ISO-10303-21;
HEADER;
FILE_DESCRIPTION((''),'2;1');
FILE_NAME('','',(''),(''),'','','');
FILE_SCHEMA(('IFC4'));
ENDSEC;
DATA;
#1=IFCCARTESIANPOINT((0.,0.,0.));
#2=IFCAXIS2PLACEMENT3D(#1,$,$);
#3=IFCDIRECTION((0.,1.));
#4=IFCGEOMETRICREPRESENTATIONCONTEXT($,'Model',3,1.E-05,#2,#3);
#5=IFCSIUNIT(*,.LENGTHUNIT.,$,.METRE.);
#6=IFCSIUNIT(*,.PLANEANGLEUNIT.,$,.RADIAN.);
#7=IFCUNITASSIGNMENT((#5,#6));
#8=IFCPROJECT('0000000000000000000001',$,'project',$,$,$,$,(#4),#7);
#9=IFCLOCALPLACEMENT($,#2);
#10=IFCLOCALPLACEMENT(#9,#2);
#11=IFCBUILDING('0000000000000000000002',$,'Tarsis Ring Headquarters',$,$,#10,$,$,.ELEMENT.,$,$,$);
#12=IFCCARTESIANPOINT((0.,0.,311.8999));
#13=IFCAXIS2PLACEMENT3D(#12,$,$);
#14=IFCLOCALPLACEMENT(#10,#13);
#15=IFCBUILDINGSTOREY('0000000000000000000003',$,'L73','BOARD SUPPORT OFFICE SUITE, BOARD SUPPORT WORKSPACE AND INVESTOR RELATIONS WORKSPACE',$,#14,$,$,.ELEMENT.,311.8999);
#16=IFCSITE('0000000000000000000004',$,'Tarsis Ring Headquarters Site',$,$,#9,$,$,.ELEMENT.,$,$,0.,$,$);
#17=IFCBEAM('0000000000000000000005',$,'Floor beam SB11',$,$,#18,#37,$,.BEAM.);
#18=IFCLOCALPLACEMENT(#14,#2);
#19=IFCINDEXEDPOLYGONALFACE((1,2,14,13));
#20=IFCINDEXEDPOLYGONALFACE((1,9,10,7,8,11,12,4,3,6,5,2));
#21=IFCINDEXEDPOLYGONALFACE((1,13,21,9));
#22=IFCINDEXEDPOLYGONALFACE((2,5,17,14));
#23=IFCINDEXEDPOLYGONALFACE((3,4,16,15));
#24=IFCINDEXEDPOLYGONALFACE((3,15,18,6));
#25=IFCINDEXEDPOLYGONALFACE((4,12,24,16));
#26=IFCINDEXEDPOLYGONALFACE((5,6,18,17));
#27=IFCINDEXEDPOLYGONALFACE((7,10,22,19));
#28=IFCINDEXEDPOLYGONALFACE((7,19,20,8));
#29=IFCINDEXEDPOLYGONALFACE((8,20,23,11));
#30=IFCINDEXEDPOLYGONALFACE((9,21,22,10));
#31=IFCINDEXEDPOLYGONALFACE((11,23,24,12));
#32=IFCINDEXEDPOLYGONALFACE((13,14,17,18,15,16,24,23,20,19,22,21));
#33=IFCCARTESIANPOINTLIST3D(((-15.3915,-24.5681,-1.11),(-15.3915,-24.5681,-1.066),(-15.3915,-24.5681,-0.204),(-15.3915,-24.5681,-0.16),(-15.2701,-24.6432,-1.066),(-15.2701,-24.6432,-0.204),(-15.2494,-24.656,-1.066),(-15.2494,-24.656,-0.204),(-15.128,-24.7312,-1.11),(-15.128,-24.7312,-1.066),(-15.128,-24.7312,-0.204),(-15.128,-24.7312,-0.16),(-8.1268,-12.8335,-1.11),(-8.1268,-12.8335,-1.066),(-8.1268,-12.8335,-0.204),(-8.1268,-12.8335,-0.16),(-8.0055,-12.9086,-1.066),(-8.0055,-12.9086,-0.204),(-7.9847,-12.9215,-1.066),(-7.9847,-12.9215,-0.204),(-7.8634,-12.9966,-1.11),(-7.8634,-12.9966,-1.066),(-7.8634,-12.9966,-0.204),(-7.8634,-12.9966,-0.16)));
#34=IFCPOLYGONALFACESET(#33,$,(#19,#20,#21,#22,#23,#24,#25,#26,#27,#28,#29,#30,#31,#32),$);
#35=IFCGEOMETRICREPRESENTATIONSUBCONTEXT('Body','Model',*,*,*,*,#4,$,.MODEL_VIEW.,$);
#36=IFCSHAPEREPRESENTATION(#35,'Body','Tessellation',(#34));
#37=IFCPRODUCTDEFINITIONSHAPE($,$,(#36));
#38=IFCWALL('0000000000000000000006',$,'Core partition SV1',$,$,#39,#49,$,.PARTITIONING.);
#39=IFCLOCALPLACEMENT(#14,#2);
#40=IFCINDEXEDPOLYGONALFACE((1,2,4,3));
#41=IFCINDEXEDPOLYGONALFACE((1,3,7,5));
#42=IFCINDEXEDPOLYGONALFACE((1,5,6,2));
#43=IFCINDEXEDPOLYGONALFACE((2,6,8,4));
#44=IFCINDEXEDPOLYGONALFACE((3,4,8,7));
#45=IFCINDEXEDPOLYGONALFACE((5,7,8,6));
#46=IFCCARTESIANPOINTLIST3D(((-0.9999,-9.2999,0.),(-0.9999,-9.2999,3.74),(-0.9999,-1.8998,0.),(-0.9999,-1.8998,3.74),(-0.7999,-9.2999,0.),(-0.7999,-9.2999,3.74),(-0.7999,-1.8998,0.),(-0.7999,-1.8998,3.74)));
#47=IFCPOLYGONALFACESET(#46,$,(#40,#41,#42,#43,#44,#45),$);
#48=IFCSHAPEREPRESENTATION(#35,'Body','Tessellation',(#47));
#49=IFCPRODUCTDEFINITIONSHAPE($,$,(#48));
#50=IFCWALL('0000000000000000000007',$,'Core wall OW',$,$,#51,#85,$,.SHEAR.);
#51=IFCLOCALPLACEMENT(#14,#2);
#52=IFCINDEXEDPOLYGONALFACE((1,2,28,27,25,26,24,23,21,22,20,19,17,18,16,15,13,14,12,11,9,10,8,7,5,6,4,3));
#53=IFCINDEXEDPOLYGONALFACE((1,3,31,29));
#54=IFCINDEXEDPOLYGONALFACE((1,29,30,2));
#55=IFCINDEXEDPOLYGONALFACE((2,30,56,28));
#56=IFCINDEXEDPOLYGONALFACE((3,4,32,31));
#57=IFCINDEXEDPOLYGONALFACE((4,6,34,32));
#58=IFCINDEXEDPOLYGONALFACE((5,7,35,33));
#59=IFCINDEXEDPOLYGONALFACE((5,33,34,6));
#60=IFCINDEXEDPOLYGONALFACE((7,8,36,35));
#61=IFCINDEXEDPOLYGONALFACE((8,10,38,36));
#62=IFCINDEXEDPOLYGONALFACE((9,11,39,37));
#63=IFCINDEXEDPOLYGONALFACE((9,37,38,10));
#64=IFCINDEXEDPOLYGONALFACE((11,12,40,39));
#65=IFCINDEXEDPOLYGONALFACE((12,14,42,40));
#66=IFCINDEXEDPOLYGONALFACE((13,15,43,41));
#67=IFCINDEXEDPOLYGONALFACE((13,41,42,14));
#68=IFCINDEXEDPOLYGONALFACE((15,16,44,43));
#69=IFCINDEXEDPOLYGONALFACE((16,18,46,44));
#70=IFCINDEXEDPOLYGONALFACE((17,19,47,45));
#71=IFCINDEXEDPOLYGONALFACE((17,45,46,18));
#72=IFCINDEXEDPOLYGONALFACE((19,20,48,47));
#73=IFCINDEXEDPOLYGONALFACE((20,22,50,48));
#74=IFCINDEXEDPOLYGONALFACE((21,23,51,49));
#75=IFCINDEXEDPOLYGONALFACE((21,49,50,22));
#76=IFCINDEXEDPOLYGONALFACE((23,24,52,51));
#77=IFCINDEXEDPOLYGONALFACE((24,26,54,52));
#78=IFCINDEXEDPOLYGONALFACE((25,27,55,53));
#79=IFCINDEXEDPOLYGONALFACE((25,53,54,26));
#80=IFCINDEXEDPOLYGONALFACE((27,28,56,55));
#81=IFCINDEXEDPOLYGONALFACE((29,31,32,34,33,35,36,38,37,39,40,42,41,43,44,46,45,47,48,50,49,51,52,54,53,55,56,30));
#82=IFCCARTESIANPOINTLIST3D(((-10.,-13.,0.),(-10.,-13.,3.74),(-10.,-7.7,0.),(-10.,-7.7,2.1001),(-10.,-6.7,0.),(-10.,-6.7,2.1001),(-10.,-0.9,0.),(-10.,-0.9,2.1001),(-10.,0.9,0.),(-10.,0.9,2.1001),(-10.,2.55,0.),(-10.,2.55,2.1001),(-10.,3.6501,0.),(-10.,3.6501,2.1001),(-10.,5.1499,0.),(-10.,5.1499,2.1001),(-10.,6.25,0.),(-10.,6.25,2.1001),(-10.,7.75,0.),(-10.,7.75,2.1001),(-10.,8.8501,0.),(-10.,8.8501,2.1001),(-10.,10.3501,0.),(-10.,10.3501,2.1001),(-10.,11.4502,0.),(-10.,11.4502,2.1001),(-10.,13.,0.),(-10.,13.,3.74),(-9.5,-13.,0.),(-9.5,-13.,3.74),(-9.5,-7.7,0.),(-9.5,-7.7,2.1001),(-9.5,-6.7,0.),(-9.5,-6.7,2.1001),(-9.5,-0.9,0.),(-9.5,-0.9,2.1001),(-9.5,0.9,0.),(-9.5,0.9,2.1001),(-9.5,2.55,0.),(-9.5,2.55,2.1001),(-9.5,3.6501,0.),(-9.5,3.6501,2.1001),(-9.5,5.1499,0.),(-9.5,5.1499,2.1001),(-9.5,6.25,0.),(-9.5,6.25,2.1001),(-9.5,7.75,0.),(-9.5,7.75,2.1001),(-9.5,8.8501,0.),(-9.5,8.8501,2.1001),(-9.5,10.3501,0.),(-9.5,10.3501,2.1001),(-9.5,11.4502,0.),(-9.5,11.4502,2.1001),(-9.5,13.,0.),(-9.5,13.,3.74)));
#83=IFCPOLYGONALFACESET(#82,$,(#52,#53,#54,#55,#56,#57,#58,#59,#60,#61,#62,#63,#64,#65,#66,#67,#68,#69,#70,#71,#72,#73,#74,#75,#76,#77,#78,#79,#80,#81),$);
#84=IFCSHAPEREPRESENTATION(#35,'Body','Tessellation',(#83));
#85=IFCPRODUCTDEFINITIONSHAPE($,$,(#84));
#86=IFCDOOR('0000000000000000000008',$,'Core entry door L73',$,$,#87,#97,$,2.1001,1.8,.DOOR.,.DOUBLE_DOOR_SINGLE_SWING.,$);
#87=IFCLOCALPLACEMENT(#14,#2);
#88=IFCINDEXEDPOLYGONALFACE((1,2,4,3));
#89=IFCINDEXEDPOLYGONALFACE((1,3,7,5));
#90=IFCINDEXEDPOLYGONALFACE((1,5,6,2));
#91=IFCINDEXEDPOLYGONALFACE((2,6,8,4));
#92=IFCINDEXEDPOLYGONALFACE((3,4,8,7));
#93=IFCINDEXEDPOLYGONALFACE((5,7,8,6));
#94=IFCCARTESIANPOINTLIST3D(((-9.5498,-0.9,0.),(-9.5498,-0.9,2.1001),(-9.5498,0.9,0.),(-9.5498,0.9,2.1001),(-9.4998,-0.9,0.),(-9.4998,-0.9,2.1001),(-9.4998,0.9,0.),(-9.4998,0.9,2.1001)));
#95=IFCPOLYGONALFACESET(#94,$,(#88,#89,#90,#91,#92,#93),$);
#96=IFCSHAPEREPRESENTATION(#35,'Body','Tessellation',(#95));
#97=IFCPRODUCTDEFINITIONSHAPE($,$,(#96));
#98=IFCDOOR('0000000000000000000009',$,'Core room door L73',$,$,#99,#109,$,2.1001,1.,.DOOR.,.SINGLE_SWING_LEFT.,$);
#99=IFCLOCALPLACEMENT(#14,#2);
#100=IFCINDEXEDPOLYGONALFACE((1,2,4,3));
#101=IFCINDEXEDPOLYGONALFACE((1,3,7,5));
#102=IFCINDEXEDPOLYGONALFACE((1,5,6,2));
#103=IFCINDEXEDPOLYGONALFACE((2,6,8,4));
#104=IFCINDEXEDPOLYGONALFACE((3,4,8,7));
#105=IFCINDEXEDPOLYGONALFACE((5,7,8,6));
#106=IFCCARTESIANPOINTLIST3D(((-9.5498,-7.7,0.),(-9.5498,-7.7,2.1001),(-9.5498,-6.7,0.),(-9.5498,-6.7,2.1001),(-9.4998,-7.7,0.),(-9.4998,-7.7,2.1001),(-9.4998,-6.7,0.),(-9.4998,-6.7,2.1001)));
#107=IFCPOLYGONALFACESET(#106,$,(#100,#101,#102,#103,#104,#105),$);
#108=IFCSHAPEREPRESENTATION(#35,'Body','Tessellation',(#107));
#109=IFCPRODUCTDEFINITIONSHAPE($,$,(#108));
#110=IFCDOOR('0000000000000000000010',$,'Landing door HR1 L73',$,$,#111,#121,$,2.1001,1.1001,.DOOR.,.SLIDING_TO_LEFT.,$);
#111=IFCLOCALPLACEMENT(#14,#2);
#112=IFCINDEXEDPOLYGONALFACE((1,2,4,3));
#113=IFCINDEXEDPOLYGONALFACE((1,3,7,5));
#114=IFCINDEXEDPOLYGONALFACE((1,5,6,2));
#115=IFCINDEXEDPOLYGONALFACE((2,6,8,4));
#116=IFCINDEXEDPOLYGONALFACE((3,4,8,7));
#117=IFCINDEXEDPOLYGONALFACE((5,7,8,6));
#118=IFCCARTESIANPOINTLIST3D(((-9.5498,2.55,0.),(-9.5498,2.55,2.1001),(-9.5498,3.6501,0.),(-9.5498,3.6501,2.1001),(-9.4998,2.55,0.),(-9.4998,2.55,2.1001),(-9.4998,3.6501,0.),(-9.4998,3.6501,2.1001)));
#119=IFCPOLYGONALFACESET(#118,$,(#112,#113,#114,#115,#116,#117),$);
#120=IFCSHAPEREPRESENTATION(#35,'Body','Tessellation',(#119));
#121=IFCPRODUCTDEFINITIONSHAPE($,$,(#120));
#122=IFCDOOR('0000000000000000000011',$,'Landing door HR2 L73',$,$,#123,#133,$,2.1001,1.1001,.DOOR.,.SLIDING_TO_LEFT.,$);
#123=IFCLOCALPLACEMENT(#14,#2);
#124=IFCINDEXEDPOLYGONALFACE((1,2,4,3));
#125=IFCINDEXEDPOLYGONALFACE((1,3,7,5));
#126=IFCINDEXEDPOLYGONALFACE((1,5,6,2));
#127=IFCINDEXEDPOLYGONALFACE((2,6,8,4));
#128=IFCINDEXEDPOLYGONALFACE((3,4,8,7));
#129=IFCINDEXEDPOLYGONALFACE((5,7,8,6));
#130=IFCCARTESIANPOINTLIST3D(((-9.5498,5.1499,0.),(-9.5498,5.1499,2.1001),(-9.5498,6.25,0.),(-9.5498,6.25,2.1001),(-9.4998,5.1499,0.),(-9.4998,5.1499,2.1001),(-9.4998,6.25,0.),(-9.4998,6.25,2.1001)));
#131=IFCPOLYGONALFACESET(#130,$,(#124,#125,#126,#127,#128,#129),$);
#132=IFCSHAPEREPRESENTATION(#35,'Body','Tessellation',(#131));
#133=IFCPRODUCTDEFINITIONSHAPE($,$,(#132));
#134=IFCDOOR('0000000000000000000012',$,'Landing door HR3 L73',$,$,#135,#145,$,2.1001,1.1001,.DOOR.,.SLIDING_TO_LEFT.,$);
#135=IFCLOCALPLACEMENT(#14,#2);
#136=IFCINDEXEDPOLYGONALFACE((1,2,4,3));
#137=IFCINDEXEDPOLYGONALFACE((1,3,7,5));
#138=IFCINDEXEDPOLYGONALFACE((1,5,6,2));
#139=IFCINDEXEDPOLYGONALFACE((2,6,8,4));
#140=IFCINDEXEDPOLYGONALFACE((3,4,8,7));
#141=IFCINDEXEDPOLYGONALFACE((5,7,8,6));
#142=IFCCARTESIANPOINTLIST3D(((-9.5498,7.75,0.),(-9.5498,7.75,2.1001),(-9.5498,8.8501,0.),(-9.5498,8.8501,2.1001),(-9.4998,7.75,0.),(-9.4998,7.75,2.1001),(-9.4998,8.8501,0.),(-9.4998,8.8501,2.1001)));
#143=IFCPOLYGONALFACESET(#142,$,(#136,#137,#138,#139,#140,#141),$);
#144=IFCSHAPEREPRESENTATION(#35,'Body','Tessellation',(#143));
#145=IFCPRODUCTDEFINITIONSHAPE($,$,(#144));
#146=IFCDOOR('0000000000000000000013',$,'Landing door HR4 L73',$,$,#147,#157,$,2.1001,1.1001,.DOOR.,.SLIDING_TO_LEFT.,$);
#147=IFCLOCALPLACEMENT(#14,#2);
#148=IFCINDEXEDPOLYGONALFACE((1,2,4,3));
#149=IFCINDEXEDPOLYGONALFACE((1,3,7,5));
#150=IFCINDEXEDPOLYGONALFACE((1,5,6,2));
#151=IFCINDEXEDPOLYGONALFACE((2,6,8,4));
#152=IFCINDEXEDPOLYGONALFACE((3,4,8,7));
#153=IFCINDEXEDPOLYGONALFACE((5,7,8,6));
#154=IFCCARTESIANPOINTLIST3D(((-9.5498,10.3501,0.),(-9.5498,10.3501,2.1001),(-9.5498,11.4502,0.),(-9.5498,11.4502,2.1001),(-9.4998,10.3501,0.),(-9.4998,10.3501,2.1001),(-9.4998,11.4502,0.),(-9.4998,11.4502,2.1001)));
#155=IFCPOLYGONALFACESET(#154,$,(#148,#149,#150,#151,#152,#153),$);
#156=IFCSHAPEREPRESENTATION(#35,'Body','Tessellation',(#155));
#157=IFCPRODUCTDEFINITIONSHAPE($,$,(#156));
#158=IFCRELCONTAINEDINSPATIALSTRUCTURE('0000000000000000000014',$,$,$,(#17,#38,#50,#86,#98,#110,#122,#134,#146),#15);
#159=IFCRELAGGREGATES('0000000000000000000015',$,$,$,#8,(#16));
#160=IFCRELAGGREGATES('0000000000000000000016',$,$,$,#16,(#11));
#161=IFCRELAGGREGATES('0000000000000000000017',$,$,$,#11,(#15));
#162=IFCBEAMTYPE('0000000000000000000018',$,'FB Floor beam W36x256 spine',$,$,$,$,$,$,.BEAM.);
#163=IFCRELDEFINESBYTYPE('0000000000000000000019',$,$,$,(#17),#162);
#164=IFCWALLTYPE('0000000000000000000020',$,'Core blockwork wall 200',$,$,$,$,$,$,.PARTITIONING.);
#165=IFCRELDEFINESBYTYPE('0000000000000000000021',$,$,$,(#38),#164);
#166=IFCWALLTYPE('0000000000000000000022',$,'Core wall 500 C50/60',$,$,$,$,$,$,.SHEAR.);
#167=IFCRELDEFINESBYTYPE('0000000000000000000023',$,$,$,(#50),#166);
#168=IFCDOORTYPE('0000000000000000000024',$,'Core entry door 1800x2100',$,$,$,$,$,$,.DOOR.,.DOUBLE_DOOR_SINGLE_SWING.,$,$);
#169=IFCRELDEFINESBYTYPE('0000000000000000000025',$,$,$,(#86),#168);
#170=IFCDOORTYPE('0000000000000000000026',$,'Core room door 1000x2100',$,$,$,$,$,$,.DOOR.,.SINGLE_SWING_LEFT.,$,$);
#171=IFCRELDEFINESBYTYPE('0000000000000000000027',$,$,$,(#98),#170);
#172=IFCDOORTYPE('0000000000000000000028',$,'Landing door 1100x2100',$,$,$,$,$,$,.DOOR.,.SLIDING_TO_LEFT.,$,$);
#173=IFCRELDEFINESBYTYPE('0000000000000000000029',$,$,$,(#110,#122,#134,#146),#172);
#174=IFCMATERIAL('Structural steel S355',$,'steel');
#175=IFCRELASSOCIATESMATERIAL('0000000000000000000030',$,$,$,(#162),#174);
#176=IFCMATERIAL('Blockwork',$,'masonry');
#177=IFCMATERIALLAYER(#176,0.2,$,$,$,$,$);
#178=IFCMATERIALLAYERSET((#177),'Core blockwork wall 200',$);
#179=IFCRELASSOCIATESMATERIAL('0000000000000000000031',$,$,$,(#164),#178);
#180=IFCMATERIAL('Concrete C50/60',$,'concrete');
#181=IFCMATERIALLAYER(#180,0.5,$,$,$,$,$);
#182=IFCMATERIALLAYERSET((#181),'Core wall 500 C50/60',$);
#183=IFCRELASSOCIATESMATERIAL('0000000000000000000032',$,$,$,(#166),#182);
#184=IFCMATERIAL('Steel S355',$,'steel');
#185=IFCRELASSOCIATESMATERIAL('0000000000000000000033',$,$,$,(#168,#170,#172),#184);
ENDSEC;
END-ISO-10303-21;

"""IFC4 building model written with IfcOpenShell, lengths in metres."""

from ifc_helpers import new_model, si_unit, direction, frame, frame_2d, origin, origin_2d, place, context, subcontext, project, spatial, rectangle, i_section, extrude, material, layer, layer_set, material_profile, profile_set, type_object, element, fill, save


model = new_model("IFC4")

# Units and contexts
model_context = context("Model", 3, precision=1e-05, world=origin(), true_north=direction((0.0, 1.0)))
body_context = subcontext(model_context, "Body", "Model", "MODEL_VIEW")
ifc_project = project(units=[si_unit("LENGTHUNIT", "METRE"), si_unit("PLANEANGLEUNIT", "RADIAN")], contexts=[model_context])

# Site, building, storey
site_placement = place(None, origin())
site = spatial("IfcSite", under=ifc_project, at=site_placement, Name="Tarsis Ring Headquarters Site", CompositionType="ELEMENT", RefElevation=0.0)
building_placement = place(site_placement, origin())
building = spatial("IfcBuilding", under=site, at=building_placement, Name="Tarsis Ring Headquarters", CompositionType="ELEMENT")
storey_placement = place(building_placement, frame((0.0, 0.0, 311.8999)))
storey = spatial("IfcBuildingStorey", under=building, at=storey_placement, Name="L73", Description="BOARD SUPPORT OFFICE SUITE, BOARD SUPPORT WORKSPACE AND INVESTOR RELATIONS WORKSPACE", CompositionType="ELEMENT", Elevation=311.8999)

# Beam
ifc_material_1 = material(Name="Structural steel S355", Category="steel")
ifc_material_profile = material_profile(ifc_material_1, i_section(OverallWidth=0.3098, OverallDepth=0.95, WebThickness=0.0244, FlangeThickness=0.0439, at=origin_2d()), Name="W36x256")
ifc_profile_set = profile_set([ifc_material_profile], Name="Structural steel S355")
beam_type = type_object("IfcBeamType", Name="FB Floor beam W36x256 spine", PredefinedType="BEAM", material=ifc_profile_set)
beam_placement = place(storey_placement, frame((-7.9951, -12.915, -0.635), z_axis=(-0.526373, -0.850253, 0.0), x_axis=(0.850253, -0.526373, 0.0)))
element("IfcBeam", 1, at=beam_placement, inside=storey, type_object=beam_type, Name="Floor beam SB11", PredefinedType="BEAM", context=body_context, shape_type="SweptSolid", body=[
    extrude(i_section(OverallWidth=0.3098, OverallDepth=0.95, WebThickness=0.0244, FlangeThickness=0.0439, at=origin_2d()), origin(), (0.0, 0.0, 1.0), 13.8013),
])

# Wall
ifc_material_2 = material(Name="Blockwork", Category="masonry")
ifc_layer_1 = layer(ifc_material_2, 0.2)
ifc_layer_set_1 = layer_set([ifc_layer_1], Name="Core blockwork wall 200")
wall_type_1 = type_object("IfcWallType", Name="Core blockwork wall 200", PredefinedType="PARTITIONING", material=ifc_layer_set_1)
wall_1_placement = place(storey_placement, frame((-0.8999, -9.3, 0.0), z_axis=(0.0, 0.0, 1.0), x_axis=(0.0, 1.0, 0.0)))
element("IfcWall", 2, at=wall_1_placement, inside=storey, type_object=wall_type_1, Name="Core partition SV1", PredefinedType="PARTITIONING", context=body_context, shape_type="SweptSolid", body=[
    extrude(rectangle(XDim=7.4001, YDim=0.2, at=frame_2d((3.7002, 0.0))), origin(), (0.0, 0.0, 1.0), 3.74),
])

# Wall, openings, doors
ifc_material_3 = material(Name="Concrete C50/60", Category="concrete")
ifc_layer_2 = layer(ifc_material_3, 0.5)
ifc_layer_set_2 = layer_set([ifc_layer_2], Name="Core wall 500 C50/60")
wall_type_2 = type_object("IfcWallType", Name="Core wall 500 C50/60", PredefinedType="SHEAR", material=ifc_layer_set_2)
wall_2_placement = place(storey_placement, frame((-9.75, -13.0, 0.0), z_axis=(0.0, 0.0, 1.0), x_axis=(0.0, 1.0, 0.0)))
wall_2 = element("IfcWall", 3, at=wall_2_placement, inside=storey, type_object=wall_type_2, Name="Core wall OW", PredefinedType="SHEAR", context=body_context, shape_type="SweptSolid", body=[
    extrude(rectangle(XDim=26.0, YDim=0.5, at=frame_2d((13.0, 0.0))), origin(), (0.0, 0.0, 1.0), 3.74),
])
opening_1_placement = place(wall_2_placement, frame((5.3, 0.0, 0.0)))
opening_1 = element("IfcOpeningElement", 4, at=opening_1_placement, cuts=wall_2, PredefinedType="OPENING", context=body_context, shape_type="SweptSolid", body=[
    extrude(rectangle(XDim=1.0, YDim=2.1001, at=frame_2d((0.5, 1.05))), frame((0.0, 0.26, 0.0), z_axis=(0.0, -1.0, 0.0), x_axis=(1.0, 0.0, 0.0)), (0.0, 0.0, 1.0), 0.52),
])
opening_2_placement = place(wall_2_placement, frame((12.1001, 0.0, 0.0)))
opening_2 = element("IfcOpeningElement", 5, at=opening_2_placement, cuts=wall_2, PredefinedType="OPENING", context=body_context, shape_type="SweptSolid", body=[
    extrude(rectangle(XDim=1.8, YDim=2.1001, at=frame_2d((0.8999, 1.05))), frame((0.0, 0.26, 0.0), z_axis=(0.0, -1.0, 0.0), x_axis=(1.0, 0.0, 0.0)), (0.0, 0.0, 1.0), 0.52),
])
opening_3_placement = place(wall_2_placement, frame((15.55, 0.0, 0.0)))
opening_3 = element("IfcOpeningElement", 6, at=opening_3_placement, cuts=wall_2, PredefinedType="OPENING", context=body_context, shape_type="SweptSolid", body=[
    extrude(rectangle(XDim=1.1001, YDim=2.1001, at=frame_2d((0.55, 1.05))), frame((0.0, 0.26, 0.0), z_axis=(0.0, -1.0, 0.0), x_axis=(1.0, 0.0, 0.0)), (0.0, 0.0, 1.0), 0.52),
])
opening_4_placement = place(wall_2_placement, frame((18.1499, 0.0, 0.0)))
opening_4 = element("IfcOpeningElement", 7, at=opening_4_placement, cuts=wall_2, PredefinedType="OPENING", context=body_context, shape_type="SweptSolid", body=[
    extrude(rectangle(XDim=1.1001, YDim=2.1001, at=frame_2d((0.55, 1.05))), frame((0.0, 0.26, 0.0), z_axis=(0.0, -1.0, 0.0), x_axis=(1.0, 0.0, 0.0)), (0.0, 0.0, 1.0), 0.52),
])
opening_5_placement = place(wall_2_placement, frame((20.75, 0.0, 0.0)))
opening_5 = element("IfcOpeningElement", 8, at=opening_5_placement, cuts=wall_2, PredefinedType="OPENING", context=body_context, shape_type="SweptSolid", body=[
    extrude(rectangle(XDim=1.1001, YDim=2.1001, at=frame_2d((0.55, 1.05))), frame((0.0, 0.26, 0.0), z_axis=(0.0, -1.0, 0.0), x_axis=(1.0, 0.0, 0.0)), (0.0, 0.0, 1.0), 0.52),
])
opening_6_placement = place(wall_2_placement, frame((23.3501, 0.0, 0.0)))
opening_6 = element("IfcOpeningElement", 9, at=opening_6_placement, cuts=wall_2, PredefinedType="OPENING", context=body_context, shape_type="SweptSolid", body=[
    extrude(rectangle(XDim=1.1001, YDim=2.1001, at=frame_2d((0.55, 1.05))), frame((0.0, 0.26, 0.0), z_axis=(0.0, -1.0, 0.0), x_axis=(1.0, 0.0, 0.0)), (0.0, 0.0, 1.0), 0.52),
])
ifc_material_4 = material(Name="Steel S355", Category="steel")
door_type_1 = type_object("IfcDoorType", Name="Core entry door 1800x2100", OperationType="DOUBLE_DOOR_SINGLE_SWING", PredefinedType="DOOR", material=ifc_material_4)
door_1_placement = place(opening_2_placement, origin())
door_1 = element("IfcDoor", 10, at=door_1_placement, inside=storey, type_object=door_type_1, Name="Core entry door L73", OperationType="DOUBLE_DOOR_SINGLE_SWING", OverallHeight=2.1001, OverallWidth=1.8, PredefinedType="DOOR", context=body_context, shape_type="SweptSolid", body=[
    extrude(rectangle(XDim=1.8, YDim=2.1001, at=frame_2d((0.8999, 1.05))), frame((0.0, -0.2002, 0.0), z_axis=(0.0, -1.0, 0.0), x_axis=(1.0, 0.0, 0.0)), (0.0, 0.0, 1.0), 0.05),
])
fill(opening_2, door_1)
door_type_2 = type_object("IfcDoorType", Name="Core room door 1000x2100", OperationType="SINGLE_SWING_LEFT", PredefinedType="DOOR", material=ifc_material_4)
door_2_placement = place(opening_1_placement, origin())
door_2 = element("IfcDoor", 11, at=door_2_placement, inside=storey, type_object=door_type_2, Name="Core room door L73", OperationType="SINGLE_SWING_LEFT", OverallHeight=2.1001, OverallWidth=1.0, PredefinedType="DOOR", context=body_context, shape_type="SweptSolid", body=[
    extrude(rectangle(XDim=1.0, YDim=2.1001, at=frame_2d((0.5, 1.05))), frame((0.0, -0.2002, 0.0), z_axis=(0.0, -1.0, 0.0), x_axis=(1.0, 0.0, 0.0)), (0.0, 0.0, 1.0), 0.05),
])
fill(opening_1, door_2)
door_type_3 = type_object("IfcDoorType", Name="Landing door 1100x2100", OperationType="SLIDING_TO_LEFT", PredefinedType="DOOR", material=ifc_material_4)
door_3_placement = place(opening_3_placement, origin())
door_3 = element("IfcDoor", 12, at=door_3_placement, inside=storey, type_object=door_type_3, Name="Landing door HR1 L73", OperationType="SLIDING_TO_LEFT", OverallHeight=2.1001, OverallWidth=1.1001, PredefinedType="DOOR", context=body_context, shape_type="SweptSolid", body=[
    extrude(rectangle(XDim=1.1001, YDim=2.1001, at=frame_2d((0.55, 1.05))), frame((0.0, -0.2002, 0.0), z_axis=(0.0, -1.0, 0.0), x_axis=(1.0, 0.0, 0.0)), (0.0, 0.0, 1.0), 0.05),
])
fill(opening_3, door_3)
door_4_placement = place(opening_4_placement, origin())
door_4 = element("IfcDoor", 13, at=door_4_placement, inside=storey, type_object=door_type_3, Name="Landing door HR2 L73", OperationType="SLIDING_TO_LEFT", OverallHeight=2.1001, OverallWidth=1.1001, PredefinedType="DOOR", context=body_context, shape_type="SweptSolid", body=[
    extrude(rectangle(XDim=1.1001, YDim=2.1001, at=frame_2d((0.55, 1.05))), frame((0.0, -0.2002, 0.0), z_axis=(0.0, -1.0, 0.0), x_axis=(1.0, 0.0, 0.0)), (0.0, 0.0, 1.0), 0.05),
])
fill(opening_4, door_4)
door_5_placement = place(opening_5_placement, origin())
door_5 = element("IfcDoor", 14, at=door_5_placement, inside=storey, type_object=door_type_3, Name="Landing door HR3 L73", OperationType="SLIDING_TO_LEFT", OverallHeight=2.1001, OverallWidth=1.1001, PredefinedType="DOOR", context=body_context, shape_type="SweptSolid", body=[
    extrude(rectangle(XDim=1.1001, YDim=2.1001, at=frame_2d((0.55, 1.05))), frame((0.0, -0.2002, 0.0), z_axis=(0.0, -1.0, 0.0), x_axis=(1.0, 0.0, 0.0)), (0.0, 0.0, 1.0), 0.05),
])
fill(opening_5, door_5)
door_6_placement = place(opening_6_placement, origin())
door_6 = element("IfcDoor", 15, at=door_6_placement, inside=storey, type_object=door_type_3, Name="Landing door HR4 L73", OperationType="SLIDING_TO_LEFT", OverallHeight=2.1001, OverallWidth=1.1001, PredefinedType="DOOR", context=body_context, shape_type="SweptSolid", body=[
    extrude(rectangle(XDim=1.1001, YDim=2.1001, at=frame_2d((0.55, 1.05))), frame((0.0, -0.2002, 0.0), z_axis=(0.0, -1.0, 0.0), x_axis=(1.0, 0.0, 0.0)), (0.0, 0.0, 1.0), 0.05),
])
fill(opening_6, door_6)

save(model, "model.ifc")
